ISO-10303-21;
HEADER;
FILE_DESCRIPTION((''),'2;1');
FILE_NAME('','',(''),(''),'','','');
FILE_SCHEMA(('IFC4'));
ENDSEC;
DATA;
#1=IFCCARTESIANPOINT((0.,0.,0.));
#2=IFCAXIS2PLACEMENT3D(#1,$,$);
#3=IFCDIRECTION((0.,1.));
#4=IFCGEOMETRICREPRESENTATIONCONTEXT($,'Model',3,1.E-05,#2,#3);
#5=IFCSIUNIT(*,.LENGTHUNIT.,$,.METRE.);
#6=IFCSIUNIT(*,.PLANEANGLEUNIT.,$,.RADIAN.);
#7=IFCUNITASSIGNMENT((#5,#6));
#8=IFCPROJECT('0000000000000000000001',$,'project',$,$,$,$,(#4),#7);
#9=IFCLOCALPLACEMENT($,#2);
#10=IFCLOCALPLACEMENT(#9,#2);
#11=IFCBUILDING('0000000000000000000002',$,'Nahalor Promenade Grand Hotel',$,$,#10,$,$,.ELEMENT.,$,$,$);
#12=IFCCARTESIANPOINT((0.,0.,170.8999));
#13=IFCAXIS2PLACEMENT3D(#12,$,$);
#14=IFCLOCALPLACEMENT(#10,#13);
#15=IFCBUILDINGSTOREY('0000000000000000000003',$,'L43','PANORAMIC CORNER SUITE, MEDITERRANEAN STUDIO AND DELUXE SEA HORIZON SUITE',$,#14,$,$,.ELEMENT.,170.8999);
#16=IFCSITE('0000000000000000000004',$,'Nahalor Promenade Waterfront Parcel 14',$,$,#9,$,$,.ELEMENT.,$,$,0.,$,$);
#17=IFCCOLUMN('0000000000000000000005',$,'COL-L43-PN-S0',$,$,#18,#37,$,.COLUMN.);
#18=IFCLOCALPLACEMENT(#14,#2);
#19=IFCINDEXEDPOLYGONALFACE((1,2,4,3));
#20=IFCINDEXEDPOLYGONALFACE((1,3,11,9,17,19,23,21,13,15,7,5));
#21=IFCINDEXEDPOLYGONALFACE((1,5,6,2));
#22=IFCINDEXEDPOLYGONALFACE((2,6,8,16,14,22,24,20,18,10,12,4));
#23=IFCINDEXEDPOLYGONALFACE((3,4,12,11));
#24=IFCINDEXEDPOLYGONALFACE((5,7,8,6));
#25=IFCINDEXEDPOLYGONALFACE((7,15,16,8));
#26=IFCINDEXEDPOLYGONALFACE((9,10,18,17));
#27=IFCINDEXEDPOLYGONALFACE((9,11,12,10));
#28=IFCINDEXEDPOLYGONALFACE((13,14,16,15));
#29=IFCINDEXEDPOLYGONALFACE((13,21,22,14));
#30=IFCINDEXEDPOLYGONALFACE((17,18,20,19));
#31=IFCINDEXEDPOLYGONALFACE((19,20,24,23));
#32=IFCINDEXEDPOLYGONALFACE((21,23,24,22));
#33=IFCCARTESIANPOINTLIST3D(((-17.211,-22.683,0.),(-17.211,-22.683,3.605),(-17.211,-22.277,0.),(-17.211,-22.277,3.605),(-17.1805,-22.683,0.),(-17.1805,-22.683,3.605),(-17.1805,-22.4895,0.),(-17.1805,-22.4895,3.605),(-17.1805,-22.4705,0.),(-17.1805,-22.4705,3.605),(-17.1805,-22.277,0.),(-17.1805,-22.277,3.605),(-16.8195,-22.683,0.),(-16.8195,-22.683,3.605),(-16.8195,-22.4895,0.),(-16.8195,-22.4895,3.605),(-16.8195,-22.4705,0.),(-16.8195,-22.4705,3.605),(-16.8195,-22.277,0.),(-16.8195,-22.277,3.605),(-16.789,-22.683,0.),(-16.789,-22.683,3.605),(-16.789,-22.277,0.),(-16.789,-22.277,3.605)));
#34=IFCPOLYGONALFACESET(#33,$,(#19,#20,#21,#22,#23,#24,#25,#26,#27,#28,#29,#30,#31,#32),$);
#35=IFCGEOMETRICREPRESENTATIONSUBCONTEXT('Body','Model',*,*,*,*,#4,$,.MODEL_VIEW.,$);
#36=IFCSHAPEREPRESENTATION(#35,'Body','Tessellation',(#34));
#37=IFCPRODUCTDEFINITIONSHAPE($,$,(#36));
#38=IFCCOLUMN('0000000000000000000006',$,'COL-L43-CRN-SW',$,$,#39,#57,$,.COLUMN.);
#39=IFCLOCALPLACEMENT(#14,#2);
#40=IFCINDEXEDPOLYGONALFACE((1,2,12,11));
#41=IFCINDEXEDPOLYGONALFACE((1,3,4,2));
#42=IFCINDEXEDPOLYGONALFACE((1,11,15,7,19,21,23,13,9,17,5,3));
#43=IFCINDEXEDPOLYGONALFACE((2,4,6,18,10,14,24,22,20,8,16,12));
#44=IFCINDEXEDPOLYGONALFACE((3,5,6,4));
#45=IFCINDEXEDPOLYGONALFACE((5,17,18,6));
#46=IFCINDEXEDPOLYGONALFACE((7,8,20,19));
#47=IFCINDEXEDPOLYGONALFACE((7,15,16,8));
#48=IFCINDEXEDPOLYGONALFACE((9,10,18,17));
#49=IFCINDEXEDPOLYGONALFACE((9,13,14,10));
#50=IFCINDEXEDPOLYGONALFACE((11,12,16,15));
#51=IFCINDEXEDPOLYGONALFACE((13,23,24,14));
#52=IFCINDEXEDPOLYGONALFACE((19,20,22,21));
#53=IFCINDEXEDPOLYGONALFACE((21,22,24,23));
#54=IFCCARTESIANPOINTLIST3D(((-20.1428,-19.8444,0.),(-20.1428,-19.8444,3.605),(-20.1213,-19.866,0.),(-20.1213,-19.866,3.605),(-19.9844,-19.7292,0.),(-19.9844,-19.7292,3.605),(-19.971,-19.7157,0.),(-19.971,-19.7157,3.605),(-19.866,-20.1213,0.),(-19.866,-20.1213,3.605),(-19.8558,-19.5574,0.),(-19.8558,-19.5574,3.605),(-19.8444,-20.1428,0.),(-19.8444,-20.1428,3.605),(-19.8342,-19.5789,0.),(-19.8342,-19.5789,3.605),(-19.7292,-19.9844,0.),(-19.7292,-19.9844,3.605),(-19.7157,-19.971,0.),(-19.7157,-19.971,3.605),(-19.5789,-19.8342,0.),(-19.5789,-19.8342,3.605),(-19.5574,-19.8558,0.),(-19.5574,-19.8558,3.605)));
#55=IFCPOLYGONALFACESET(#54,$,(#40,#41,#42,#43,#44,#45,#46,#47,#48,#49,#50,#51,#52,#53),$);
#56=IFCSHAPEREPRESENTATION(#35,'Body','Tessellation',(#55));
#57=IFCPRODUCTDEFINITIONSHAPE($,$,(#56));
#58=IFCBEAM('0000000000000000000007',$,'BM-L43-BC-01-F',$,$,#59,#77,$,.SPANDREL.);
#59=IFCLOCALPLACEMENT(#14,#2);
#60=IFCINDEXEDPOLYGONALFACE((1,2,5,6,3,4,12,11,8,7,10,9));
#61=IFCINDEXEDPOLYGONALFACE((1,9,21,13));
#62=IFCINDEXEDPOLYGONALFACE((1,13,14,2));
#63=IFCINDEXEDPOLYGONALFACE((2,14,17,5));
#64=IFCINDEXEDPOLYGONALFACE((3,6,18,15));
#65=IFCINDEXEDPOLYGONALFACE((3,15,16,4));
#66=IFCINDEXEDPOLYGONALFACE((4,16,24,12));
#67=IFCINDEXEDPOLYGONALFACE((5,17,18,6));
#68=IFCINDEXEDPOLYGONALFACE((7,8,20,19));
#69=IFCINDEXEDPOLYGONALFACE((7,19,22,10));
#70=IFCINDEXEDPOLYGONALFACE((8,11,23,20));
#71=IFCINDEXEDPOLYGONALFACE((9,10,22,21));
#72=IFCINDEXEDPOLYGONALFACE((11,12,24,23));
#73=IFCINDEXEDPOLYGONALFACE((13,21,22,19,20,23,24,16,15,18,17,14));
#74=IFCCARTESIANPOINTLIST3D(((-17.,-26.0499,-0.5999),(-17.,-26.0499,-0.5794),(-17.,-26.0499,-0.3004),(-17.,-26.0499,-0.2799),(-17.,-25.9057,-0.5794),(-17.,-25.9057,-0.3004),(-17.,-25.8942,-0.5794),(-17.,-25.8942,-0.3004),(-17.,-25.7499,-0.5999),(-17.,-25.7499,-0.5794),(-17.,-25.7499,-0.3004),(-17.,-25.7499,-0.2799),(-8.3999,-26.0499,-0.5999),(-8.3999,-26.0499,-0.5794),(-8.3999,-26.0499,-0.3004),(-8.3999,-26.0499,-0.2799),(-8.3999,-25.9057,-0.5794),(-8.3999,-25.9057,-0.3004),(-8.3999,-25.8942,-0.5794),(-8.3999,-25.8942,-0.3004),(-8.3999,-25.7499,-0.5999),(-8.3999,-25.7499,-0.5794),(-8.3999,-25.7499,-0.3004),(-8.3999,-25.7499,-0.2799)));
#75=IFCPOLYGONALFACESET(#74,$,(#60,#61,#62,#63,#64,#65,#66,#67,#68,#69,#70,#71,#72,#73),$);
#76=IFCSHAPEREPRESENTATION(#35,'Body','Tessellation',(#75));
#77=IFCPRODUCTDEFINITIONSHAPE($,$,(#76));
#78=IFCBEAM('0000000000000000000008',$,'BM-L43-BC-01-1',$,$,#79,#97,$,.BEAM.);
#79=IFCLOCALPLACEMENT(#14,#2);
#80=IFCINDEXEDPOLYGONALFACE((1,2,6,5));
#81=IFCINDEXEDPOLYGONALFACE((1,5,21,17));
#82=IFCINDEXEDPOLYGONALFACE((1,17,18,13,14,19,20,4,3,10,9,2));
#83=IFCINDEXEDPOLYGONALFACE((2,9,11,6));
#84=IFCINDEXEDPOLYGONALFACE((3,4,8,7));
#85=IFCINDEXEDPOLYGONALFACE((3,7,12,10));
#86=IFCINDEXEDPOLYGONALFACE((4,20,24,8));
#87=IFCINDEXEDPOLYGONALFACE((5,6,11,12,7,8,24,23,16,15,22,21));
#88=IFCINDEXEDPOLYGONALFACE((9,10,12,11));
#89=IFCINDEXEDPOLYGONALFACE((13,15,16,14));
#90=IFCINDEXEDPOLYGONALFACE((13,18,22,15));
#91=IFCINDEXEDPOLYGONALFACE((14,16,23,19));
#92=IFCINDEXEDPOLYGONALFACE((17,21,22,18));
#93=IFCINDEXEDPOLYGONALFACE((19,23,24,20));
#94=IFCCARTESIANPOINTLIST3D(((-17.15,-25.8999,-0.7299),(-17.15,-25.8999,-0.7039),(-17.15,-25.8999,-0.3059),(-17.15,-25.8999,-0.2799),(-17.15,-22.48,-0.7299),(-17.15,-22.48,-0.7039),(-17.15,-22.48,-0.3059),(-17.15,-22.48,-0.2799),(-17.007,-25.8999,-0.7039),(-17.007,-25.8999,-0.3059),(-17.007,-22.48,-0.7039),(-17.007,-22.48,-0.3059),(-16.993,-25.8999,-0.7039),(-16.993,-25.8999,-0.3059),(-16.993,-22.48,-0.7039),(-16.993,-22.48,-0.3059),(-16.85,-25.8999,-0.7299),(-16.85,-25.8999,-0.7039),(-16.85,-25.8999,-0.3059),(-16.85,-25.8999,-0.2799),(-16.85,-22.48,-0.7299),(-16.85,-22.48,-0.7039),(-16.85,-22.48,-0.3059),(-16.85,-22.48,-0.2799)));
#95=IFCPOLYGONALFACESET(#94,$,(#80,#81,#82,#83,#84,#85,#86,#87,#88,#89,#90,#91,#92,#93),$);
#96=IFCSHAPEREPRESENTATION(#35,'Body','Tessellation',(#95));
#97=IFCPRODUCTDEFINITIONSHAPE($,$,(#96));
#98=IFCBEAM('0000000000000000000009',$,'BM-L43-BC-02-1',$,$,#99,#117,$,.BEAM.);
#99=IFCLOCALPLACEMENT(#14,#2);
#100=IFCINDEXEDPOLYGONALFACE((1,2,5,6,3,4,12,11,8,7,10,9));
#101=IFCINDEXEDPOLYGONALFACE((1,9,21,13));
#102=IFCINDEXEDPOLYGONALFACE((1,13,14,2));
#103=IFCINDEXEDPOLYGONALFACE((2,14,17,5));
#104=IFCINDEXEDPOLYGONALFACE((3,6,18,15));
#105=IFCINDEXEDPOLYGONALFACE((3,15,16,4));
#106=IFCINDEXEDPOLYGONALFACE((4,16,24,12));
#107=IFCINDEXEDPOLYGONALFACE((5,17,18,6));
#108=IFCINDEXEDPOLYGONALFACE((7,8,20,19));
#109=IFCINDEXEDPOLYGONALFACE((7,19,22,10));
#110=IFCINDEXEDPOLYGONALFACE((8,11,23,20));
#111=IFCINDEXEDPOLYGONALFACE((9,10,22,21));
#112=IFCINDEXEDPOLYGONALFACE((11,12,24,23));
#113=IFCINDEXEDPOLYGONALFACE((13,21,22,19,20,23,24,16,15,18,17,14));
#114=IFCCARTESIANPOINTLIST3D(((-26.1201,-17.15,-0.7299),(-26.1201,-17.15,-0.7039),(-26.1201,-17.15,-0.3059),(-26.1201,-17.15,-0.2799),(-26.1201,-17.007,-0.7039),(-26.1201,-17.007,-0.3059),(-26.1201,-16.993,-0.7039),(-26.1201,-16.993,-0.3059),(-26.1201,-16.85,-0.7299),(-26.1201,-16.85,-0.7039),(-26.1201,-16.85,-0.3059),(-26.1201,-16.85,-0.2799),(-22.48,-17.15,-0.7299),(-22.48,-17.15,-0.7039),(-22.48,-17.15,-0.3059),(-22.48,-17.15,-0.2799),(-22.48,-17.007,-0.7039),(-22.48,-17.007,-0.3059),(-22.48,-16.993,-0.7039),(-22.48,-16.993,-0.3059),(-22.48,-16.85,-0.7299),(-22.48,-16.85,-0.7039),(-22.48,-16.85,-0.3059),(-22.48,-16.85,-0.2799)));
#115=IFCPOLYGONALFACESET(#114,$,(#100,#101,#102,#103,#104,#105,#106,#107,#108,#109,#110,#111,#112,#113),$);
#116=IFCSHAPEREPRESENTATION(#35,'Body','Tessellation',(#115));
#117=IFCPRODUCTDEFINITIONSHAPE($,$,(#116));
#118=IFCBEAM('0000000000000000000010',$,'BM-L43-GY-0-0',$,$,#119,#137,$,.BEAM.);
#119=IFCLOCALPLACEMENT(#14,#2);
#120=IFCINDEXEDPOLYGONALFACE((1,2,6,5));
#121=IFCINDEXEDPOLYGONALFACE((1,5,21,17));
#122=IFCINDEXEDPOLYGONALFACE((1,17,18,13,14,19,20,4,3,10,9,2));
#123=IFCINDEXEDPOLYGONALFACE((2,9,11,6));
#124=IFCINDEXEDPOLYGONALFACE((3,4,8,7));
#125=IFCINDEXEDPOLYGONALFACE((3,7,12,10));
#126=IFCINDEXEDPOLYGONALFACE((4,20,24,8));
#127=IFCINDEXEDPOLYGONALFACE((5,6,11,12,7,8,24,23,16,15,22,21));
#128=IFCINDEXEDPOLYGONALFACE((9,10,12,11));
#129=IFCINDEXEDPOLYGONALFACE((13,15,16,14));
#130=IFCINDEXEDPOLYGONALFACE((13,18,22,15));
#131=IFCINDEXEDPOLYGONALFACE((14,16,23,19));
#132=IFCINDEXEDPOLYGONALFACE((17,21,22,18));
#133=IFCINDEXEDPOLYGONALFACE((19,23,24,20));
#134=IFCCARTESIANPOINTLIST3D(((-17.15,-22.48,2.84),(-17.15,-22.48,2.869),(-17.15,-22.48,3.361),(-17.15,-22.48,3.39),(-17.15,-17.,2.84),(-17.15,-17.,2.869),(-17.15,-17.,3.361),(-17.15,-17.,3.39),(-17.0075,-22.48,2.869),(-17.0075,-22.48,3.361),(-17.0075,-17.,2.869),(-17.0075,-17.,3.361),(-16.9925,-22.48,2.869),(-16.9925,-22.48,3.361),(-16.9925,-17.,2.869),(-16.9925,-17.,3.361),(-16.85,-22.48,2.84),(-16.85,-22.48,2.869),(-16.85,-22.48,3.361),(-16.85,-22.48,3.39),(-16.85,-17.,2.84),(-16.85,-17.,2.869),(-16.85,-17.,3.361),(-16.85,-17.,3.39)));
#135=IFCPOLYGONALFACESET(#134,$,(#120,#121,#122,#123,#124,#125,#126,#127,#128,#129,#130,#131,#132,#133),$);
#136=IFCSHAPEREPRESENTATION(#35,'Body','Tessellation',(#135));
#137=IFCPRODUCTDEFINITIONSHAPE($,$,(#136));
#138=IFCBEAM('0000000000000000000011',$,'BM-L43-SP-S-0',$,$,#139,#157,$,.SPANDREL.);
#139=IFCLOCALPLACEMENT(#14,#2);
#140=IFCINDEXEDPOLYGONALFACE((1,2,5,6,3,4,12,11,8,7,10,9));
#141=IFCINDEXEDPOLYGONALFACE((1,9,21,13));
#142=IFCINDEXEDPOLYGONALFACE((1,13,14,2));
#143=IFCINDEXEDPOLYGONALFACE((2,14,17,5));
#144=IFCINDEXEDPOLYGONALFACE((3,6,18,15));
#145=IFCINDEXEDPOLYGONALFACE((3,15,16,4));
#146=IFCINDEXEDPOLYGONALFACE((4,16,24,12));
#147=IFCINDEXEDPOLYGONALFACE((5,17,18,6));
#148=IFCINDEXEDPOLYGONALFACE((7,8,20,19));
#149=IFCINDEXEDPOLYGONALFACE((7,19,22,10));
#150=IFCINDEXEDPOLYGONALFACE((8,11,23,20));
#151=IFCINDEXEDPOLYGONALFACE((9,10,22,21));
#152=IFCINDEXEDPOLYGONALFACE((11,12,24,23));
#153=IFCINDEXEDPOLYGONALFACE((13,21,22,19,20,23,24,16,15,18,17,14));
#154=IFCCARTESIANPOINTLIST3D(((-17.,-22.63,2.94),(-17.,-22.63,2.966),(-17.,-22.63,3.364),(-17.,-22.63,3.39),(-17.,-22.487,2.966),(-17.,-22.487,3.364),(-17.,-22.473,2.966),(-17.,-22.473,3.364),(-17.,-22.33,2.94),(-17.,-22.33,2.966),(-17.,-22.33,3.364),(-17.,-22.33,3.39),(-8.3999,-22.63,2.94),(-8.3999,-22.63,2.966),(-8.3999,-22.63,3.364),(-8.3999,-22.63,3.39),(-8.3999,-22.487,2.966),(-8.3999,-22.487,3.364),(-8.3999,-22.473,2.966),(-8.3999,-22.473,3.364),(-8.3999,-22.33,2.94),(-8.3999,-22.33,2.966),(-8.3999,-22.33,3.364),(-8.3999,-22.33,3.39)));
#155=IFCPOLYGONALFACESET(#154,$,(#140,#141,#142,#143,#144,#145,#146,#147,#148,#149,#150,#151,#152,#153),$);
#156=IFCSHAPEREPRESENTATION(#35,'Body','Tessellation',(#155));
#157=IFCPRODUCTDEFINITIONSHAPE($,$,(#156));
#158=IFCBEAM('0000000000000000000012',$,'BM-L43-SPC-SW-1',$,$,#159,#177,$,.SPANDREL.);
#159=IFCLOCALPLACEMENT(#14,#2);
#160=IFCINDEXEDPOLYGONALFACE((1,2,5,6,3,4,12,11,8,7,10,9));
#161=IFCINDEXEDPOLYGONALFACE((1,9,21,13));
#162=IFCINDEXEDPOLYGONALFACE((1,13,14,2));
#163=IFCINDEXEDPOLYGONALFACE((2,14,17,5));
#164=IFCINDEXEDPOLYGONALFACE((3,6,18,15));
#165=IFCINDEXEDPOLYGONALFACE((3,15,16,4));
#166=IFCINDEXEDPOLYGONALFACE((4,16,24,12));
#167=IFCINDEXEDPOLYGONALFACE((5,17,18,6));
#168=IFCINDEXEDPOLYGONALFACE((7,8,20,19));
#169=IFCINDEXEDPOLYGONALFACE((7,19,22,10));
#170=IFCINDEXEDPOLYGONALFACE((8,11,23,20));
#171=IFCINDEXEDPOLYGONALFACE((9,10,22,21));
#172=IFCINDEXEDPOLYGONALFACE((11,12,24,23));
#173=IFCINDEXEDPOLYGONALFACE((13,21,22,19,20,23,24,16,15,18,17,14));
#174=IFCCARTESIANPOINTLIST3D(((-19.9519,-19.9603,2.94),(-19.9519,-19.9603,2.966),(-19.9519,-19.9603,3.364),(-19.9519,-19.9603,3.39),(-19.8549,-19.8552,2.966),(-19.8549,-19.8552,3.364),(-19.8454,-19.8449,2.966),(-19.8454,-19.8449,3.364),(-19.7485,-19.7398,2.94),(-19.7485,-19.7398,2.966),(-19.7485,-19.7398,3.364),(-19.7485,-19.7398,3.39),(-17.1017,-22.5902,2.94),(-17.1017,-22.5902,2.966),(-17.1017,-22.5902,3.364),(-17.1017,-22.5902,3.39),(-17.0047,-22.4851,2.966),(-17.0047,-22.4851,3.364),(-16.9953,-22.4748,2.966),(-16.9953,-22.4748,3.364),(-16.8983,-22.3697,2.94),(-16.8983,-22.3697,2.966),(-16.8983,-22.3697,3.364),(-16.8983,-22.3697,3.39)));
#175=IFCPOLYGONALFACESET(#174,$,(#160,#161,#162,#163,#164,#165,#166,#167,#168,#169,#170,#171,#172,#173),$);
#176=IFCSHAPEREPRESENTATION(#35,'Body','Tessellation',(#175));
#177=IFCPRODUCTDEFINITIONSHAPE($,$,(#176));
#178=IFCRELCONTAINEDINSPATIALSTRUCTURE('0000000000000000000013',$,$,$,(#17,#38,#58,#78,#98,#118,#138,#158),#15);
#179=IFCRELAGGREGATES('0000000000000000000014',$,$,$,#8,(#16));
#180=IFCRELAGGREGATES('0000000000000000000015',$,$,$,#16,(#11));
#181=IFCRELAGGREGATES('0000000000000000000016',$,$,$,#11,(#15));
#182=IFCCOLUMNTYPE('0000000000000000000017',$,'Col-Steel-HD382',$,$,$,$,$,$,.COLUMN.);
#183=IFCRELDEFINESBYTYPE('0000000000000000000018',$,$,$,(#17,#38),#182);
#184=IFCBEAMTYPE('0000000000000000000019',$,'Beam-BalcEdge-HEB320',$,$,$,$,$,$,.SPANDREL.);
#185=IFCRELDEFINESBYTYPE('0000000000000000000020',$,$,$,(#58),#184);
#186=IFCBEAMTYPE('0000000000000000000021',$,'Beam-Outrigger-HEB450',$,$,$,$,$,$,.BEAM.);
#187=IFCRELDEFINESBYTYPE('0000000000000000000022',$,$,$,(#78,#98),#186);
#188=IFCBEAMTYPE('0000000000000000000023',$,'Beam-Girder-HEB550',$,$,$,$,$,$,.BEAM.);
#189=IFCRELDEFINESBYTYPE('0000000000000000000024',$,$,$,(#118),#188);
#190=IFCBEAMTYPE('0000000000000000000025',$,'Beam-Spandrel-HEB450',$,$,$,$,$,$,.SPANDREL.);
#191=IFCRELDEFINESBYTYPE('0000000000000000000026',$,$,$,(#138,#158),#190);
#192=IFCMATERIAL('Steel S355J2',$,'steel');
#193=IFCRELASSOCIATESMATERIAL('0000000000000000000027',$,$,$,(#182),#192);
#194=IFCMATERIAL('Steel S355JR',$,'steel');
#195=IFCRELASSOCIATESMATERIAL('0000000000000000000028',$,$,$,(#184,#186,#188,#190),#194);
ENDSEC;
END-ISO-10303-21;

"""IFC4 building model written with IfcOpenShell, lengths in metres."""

from ifc_helpers import new_model, si_unit, direction, frame, origin, origin_2d, place, context, subcontext, project, spatial, i_section, extrude, source, transform, mapped, material, material_profile, profile_set, type_object, element, save


model = new_model("IFC4")

# Units and contexts
model_context = context("Model", 3, precision=1e-05, world=origin(), true_north=direction((0.0, 1.0)))
body_context = subcontext(model_context, "Body", "Model", "MODEL_VIEW")
ifc_project = project(units=[si_unit("LENGTHUNIT", "METRE"), si_unit("PLANEANGLEUNIT", "RADIAN")], contexts=[model_context])

# Site, building, storey
site_placement = place(None, origin())
site = spatial("IfcSite", under=ifc_project, at=site_placement, Name="Nahalor Promenade Waterfront Parcel 14", CompositionType="ELEMENT", RefElevation=0.0)
building_placement = place(site_placement, origin())
building = spatial("IfcBuilding", under=site, at=building_placement, Name="Nahalor Promenade Grand Hotel", CompositionType="ELEMENT")
storey_placement = place(building_placement, frame((0.0, 0.0, 170.8999)))
storey = spatial("IfcBuildingStorey", under=building, at=storey_placement, Name="L43", Description="PANORAMIC CORNER SUITE, MEDITERRANEAN STUDIO AND DELUXE SEA HORIZON SUITE", CompositionType="ELEMENT", Elevation=170.8999)

# Columns
ifc_material_1 = material(Name="Steel S355J2", Category="steel")
ifc_material_profile_1 = material_profile(ifc_material_1, i_section(OverallWidth=0.406, OverallDepth=0.422, WebThickness=0.019, FlangeThickness=0.0305, at=origin_2d()), Name="HD 400x382")
ifc_profile_set_1 = profile_set([ifc_material_profile_1], Name="Steel S355J2")
column_type = type_object("IfcColumnType", Name="Col-Steel-HD382", PredefinedType="COLUMN", material=ifc_profile_set_1)
shared_shape_1 = source(origin(), body_context, "Body", "SweptSolid", [
    extrude(i_section(OverallWidth=0.406, OverallDepth=0.422, WebThickness=0.019, FlangeThickness=0.0305, at=origin_2d()), origin(), (0.0, 0.0, 1.0), 3.605),
])
for number, where, z_axis, x_axis, name in (
    (1, (-17.0, -22.48, 0.0), (0.0, 0.0, 1.0), (0.0, 1.0, 0.0), "COL-L43-PN-S0"),
    (2, (-19.8501, -19.8501, 0.0), (0.0, 0.0, 1.0), (0.707107, 0.707107, 0.0), "COL-L43-CRN-SW"),
):
    element("IfcColumn", number, at=place(storey_placement, frame(where, z_axis=z_axis, x_axis=x_axis)), inside=storey, type_object=column_type, Name=name, PredefinedType="COLUMN", context=body_context, shape_type="MappedRepresentation", body=[
        mapped(shared_shape_1, transform((0.0, 0.0, 0.0), scale=1.0)),
    ])

# Beams
ifc_material_2 = material(Name="Steel S355JR", Category="steel")
ifc_material_profile_2 = material_profile(ifc_material_2, i_section(OverallWidth=0.3, OverallDepth=0.32, WebThickness=0.0115, FlangeThickness=0.0205, at=origin_2d()), Name="HEB 320")
ifc_profile_set_2 = profile_set([ifc_material_profile_2], Name="Steel S355JR")
beam_type_1 = type_object("IfcBeamType", Name="Beam-BalcEdge-HEB320", PredefinedType="SPANDREL", material=ifc_profile_set_2)
shared_shape_2 = source(origin(), body_context, "Body", "SweptSolid", [
    extrude(i_section(OverallWidth=0.3, OverallDepth=0.32, WebThickness=0.0115, FlangeThickness=0.0205, at=origin_2d()), origin(), (0.0, 0.0, 1.0), 8.6001),
])
beam_1_placement = place(storey_placement, frame((-17.0, -25.8999, -0.4399), z_axis=(1.0, 0.0, 0.0), x_axis=(0.0, 1.0, 0.0)))
element("IfcBeam", 3, at=beam_1_placement, inside=storey, type_object=beam_type_1, Name="BM-L43-BC-01-F", PredefinedType="SPANDREL", context=body_context, shape_type="MappedRepresentation", body=[
    mapped(shared_shape_2, transform((0.0, 0.0, 0.0), scale=1.0)),
])
ifc_material_profile_3 = material_profile(ifc_material_2, i_section(OverallWidth=0.3, OverallDepth=0.45, WebThickness=0.014, FlangeThickness=0.026, at=origin_2d()), Name="HEB 450")
ifc_profile_set_3 = profile_set([ifc_material_profile_3], Name="Steel S355JR")
beam_type_2 = type_object("IfcBeamType", Name="Beam-Outrigger-HEB450", PredefinedType="BEAM", material=ifc_profile_set_3)
shared_shape_3 = source(origin(), body_context, "Body", "SweptSolid", [
    extrude(i_section(OverallWidth=0.3, OverallDepth=0.45, WebThickness=0.014, FlangeThickness=0.026, at=origin_2d()), origin(), (0.0, 0.0, 1.0), 3.4199),
])
beam_2_placement = place(storey_placement, frame((-17.0, -25.8999, -0.5049), z_axis=(0.0, 1.0, 0.0), x_axis=(-1.0, 0.0, 0.0)))
element("IfcBeam", 4, at=beam_2_placement, inside=storey, type_object=beam_type_2, Name="BM-L43-BC-01-1", PredefinedType="BEAM", context=body_context, shape_type="MappedRepresentation", body=[
    mapped(shared_shape_3, transform((0.0, 0.0, 0.0), scale=1.0)),
])
shared_shape_4 = source(origin(), body_context, "Body", "SweptSolid", [
    extrude(i_section(OverallWidth=0.3, OverallDepth=0.45, WebThickness=0.014, FlangeThickness=0.026, at=origin_2d()), origin(), (0.0, 0.0, 1.0), 3.6401),
])
beam_3_placement = place(storey_placement, frame((-26.1201, -17.0, -0.5049), z_axis=(1.0, 0.0, 0.0), x_axis=(0.0, 1.0, 0.0)))
element("IfcBeam", 5, at=beam_3_placement, inside=storey, type_object=beam_type_2, Name="BM-L43-BC-02-1", PredefinedType="BEAM", context=body_context, shape_type="MappedRepresentation", body=[
    mapped(shared_shape_4, transform((0.0, 0.0, 0.0), scale=1.0)),
])
ifc_material_profile_4 = material_profile(ifc_material_2, i_section(OverallWidth=0.3, OverallDepth=0.55, WebThickness=0.015, FlangeThickness=0.029, at=origin_2d()), Name="HEB 550")
ifc_profile_set_4 = profile_set([ifc_material_profile_4], Name="Steel S355JR")
beam_type_3 = type_object("IfcBeamType", Name="Beam-Girder-HEB550", PredefinedType="BEAM", material=ifc_profile_set_4)
shared_shape_5 = source(origin(), body_context, "Body", "SweptSolid", [
    extrude(i_section(OverallWidth=0.3, OverallDepth=0.55, WebThickness=0.015, FlangeThickness=0.029, at=origin_2d()), origin(), (0.0, 0.0, 1.0), 5.48),
])
beam_4_placement = place(storey_placement, frame((-17.0, -22.48, 3.115), z_axis=(0.0, 1.0, 0.0), x_axis=(-1.0, 0.0, 0.0)))
element("IfcBeam", 6, at=beam_4_placement, inside=storey, type_object=beam_type_3, Name="BM-L43-GY-0-0", PredefinedType="BEAM", context=body_context, shape_type="MappedRepresentation", body=[
    mapped(shared_shape_5, transform((0.0, 0.0, 0.0), scale=1.0)),
])
ifc_material_profile_5 = material_profile(ifc_material_2, i_section(OverallWidth=0.3, OverallDepth=0.45, WebThickness=0.014, FlangeThickness=0.026, at=origin_2d()), Name="HEB 450")
ifc_profile_set_5 = profile_set([ifc_material_profile_5], Name="Steel S355JR")
beam_type_4 = type_object("IfcBeamType", Name="Beam-Spandrel-HEB450", PredefinedType="SPANDREL", material=ifc_profile_set_5)
shared_shape_6 = source(origin(), body_context, "Body", "SweptSolid", [
    extrude(i_section(OverallWidth=0.3, OverallDepth=0.45, WebThickness=0.014, FlangeThickness=0.026, at=origin_2d()), origin(), (0.0, 0.0, 1.0), 8.6001),
])
beam_5_placement = place(storey_placement, frame((-17.0, -22.48, 3.165), z_axis=(1.0, 0.0, 0.0), x_axis=(0.0, 1.0, 0.0)))
element("IfcBeam", 7, at=beam_5_placement, inside=storey, type_object=beam_type_4, Name="BM-L43-SP-S-0", PredefinedType="SPANDREL", context=body_context, shape_type="MappedRepresentation", body=[
    mapped(shared_shape_6, transform((0.0, 0.0, 0.0), scale=1.0)),
])
shared_shape_7 = source(origin(), body_context, "Body", "SweptSolid", [
    extrude(i_section(OverallWidth=0.3, OverallDepth=0.45, WebThickness=0.014, FlangeThickness=0.026, at=origin_2d()), origin(), (0.0, 0.0, 1.0), 3.8782),
])
for number, where, z_axis, x_axis, name in (
    (8, (-17.0, -22.48, 3.165), (-0.734929, 0.678144, 0.0), (-0.678144, -0.734929, 0.0), "BM-L43-SPC-SW-1"),
):
    element("IfcBeam", number, at=place(storey_placement, frame(where, z_axis=z_axis, x_axis=x_axis)), inside=storey, type_object=beam_type_4, Name=name, PredefinedType="SPANDREL", context=body_context, shape_type="MappedRepresentation", body=[
        mapped(shared_shape_7, transform((0.0, 0.0, 0.0), scale=1.0)),
    ])

save(model, "model.ifc")
